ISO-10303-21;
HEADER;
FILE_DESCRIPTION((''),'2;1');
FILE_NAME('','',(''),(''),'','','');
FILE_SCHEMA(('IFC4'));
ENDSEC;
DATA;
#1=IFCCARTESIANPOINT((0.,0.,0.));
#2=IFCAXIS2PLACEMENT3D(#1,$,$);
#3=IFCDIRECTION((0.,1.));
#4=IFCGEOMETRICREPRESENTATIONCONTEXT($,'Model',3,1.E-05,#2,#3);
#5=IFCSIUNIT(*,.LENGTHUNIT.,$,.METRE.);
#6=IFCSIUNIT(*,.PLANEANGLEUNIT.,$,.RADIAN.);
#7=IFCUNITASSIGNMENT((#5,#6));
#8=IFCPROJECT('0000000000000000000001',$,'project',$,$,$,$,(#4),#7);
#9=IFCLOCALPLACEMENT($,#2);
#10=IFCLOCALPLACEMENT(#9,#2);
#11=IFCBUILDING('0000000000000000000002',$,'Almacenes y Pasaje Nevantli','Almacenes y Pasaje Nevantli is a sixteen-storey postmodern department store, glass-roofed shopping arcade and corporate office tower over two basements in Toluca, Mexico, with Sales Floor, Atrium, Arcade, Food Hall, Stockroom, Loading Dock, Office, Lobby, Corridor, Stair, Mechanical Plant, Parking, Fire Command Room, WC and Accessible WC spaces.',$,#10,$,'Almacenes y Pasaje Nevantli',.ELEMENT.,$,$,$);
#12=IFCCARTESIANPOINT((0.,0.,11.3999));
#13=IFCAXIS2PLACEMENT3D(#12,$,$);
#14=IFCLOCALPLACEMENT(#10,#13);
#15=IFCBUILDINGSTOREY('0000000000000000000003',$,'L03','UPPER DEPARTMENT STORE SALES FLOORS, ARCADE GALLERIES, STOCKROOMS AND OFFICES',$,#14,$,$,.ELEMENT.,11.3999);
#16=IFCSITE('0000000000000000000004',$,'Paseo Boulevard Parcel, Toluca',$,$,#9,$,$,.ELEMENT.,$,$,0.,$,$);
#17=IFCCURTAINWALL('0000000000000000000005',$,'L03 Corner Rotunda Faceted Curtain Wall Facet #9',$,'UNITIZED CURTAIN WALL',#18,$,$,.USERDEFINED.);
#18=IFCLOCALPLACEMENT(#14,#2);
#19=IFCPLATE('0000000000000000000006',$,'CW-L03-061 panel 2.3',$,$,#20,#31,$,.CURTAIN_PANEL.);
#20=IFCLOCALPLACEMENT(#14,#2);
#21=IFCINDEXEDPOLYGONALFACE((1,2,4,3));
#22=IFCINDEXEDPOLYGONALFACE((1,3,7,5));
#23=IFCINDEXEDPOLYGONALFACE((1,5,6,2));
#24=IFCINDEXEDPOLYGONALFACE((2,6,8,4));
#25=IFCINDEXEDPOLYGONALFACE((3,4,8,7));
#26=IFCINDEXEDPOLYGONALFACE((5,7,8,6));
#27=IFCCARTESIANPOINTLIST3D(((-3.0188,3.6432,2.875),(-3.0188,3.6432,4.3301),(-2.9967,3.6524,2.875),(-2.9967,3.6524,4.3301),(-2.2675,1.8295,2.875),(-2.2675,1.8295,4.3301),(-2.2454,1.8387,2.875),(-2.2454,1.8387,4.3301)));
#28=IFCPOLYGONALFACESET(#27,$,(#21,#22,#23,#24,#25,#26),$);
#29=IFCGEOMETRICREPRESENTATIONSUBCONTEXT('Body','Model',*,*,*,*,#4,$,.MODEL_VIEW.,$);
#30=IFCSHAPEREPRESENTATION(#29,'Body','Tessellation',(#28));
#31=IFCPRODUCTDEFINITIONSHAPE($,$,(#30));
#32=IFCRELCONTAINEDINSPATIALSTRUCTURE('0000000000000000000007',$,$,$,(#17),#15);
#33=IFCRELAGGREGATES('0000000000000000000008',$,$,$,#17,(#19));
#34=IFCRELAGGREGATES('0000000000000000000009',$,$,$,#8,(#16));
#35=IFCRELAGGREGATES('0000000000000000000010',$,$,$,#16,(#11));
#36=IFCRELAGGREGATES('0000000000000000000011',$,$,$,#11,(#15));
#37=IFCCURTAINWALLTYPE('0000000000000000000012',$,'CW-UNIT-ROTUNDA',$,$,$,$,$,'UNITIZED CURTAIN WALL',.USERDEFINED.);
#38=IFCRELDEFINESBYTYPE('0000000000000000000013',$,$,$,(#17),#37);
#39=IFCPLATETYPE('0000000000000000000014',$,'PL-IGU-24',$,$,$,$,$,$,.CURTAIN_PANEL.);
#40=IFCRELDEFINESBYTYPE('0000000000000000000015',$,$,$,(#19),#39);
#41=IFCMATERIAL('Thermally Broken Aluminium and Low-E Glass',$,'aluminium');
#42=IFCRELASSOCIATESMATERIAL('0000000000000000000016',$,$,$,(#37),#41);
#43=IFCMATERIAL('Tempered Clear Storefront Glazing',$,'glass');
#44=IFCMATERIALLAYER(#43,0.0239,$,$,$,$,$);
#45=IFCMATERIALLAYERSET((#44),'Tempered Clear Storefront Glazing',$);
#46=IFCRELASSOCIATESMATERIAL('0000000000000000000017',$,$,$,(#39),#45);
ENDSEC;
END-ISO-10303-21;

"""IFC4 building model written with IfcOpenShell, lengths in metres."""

from ifc_helpers import new_model, si_unit, direction, frame, origin, origin_2d, place, context, subcontext, project, spatial, rectangle, extrude, material, layer, layer_set, type_object, element, aggregate, save


model = new_model("IFC4")

# Units and contexts
model_context = context("Model", 3, precision=1e-05, world=origin(), true_north=direction((0.0, 1.0)))
body_context = subcontext(model_context, "Body", "Model", "MODEL_VIEW")
ifc_project = project(units=[si_unit("LENGTHUNIT", "METRE"), si_unit("PLANEANGLEUNIT", "RADIAN")], contexts=[model_context])

# Site, building, storey
site_placement = place(None, origin())
site = spatial("IfcSite", under=ifc_project, at=site_placement, Name="Paseo Boulevard Parcel, Toluca", CompositionType="ELEMENT", RefElevation=0.0)
building_placement = place(site_placement, origin())
building = spatial("IfcBuilding", under=site, at=building_placement, Name="Almacenes y Pasaje Nevantli", Description="Almacenes y Pasaje Nevantli is a sixteen-storey postmodern department store, glass-roofed shopping arcade and corporate office tower over two basements in Toluca, Mexico, with Sales Floor, Atrium, Arcade, Food Hall, Stockroom, Loading Dock, Office, Lobby, Corridor, Stair, Mechanical Plant, Parking, Fire Command Room, WC and Accessible WC spaces.", LongName="Almacenes y Pasaje Nevantli", CompositionType="ELEMENT")
storey_placement = place(building_placement, frame((0.0, 0.0, 11.3999)))
storey = spatial("IfcBuildingStorey", under=building, at=storey_placement, Name="L03", Description="UPPER DEPARTMENT STORE SALES FLOORS, ARCADE GALLERIES, STOCKROOMS AND OFFICES", CompositionType="ELEMENT", Elevation=11.3999)

# Curtain wall
ifc_material_1 = material(Name="Thermally Broken Aluminium and Low-E Glass", Category="aluminium")
curtain_wall_type = type_object("IfcCurtainWallType", Name="CW-UNIT-ROTUNDA", ElementType="UNITIZED CURTAIN WALL", PredefinedType="USERDEFINED", material=ifc_material_1)
curtain_wall_1_placement = place(storey_placement, origin())
curtain_wall_1 = element("IfcCurtainWall", 1, at=curtain_wall_1_placement, inside=storey, type_object=curtain_wall_type, Name="L03 Corner Rotunda Faceted Curtain Wall Facet #9", ObjectType="UNITIZED CURTAIN WALL", PredefinedType="USERDEFINED")

# Plate
ifc_material_2 = material(Name="Tempered Clear Storefront Glazing", Category="glass")
ifc_layer = layer(ifc_material_2, 0.0239)
ifc_layer_set = layer_set([ifc_layer], Name="Tempered Clear Storefront Glazing")
plate_type = type_object("IfcPlateType", Name="PL-IGU-24", PredefinedType="CURTAIN_PANEL", material=ifc_layer_set)
plate_1_placement = place(storey_placement, frame((-2.6321, 2.741, 2.875), z_axis=(0.0, 0.0, 1.0), x_axis=(0.382698, -0.923873, 0.0)))
plate_1 = element("IfcPlate", 2, at=plate_1_placement, type_object=plate_type, Name="CW-L03-061 panel 2.3", PredefinedType="CURTAIN_PANEL", context=body_context, shape_type="SweptSolid", body=[
    extrude(rectangle(XDim=1.9631, YDim=0.0239, at=origin_2d()), origin(), (0.0, 0.0, 1.0), 1.4551),
])
aggregate(curtain_wall_1, [plate_1])

save(model, "model.ifc")
